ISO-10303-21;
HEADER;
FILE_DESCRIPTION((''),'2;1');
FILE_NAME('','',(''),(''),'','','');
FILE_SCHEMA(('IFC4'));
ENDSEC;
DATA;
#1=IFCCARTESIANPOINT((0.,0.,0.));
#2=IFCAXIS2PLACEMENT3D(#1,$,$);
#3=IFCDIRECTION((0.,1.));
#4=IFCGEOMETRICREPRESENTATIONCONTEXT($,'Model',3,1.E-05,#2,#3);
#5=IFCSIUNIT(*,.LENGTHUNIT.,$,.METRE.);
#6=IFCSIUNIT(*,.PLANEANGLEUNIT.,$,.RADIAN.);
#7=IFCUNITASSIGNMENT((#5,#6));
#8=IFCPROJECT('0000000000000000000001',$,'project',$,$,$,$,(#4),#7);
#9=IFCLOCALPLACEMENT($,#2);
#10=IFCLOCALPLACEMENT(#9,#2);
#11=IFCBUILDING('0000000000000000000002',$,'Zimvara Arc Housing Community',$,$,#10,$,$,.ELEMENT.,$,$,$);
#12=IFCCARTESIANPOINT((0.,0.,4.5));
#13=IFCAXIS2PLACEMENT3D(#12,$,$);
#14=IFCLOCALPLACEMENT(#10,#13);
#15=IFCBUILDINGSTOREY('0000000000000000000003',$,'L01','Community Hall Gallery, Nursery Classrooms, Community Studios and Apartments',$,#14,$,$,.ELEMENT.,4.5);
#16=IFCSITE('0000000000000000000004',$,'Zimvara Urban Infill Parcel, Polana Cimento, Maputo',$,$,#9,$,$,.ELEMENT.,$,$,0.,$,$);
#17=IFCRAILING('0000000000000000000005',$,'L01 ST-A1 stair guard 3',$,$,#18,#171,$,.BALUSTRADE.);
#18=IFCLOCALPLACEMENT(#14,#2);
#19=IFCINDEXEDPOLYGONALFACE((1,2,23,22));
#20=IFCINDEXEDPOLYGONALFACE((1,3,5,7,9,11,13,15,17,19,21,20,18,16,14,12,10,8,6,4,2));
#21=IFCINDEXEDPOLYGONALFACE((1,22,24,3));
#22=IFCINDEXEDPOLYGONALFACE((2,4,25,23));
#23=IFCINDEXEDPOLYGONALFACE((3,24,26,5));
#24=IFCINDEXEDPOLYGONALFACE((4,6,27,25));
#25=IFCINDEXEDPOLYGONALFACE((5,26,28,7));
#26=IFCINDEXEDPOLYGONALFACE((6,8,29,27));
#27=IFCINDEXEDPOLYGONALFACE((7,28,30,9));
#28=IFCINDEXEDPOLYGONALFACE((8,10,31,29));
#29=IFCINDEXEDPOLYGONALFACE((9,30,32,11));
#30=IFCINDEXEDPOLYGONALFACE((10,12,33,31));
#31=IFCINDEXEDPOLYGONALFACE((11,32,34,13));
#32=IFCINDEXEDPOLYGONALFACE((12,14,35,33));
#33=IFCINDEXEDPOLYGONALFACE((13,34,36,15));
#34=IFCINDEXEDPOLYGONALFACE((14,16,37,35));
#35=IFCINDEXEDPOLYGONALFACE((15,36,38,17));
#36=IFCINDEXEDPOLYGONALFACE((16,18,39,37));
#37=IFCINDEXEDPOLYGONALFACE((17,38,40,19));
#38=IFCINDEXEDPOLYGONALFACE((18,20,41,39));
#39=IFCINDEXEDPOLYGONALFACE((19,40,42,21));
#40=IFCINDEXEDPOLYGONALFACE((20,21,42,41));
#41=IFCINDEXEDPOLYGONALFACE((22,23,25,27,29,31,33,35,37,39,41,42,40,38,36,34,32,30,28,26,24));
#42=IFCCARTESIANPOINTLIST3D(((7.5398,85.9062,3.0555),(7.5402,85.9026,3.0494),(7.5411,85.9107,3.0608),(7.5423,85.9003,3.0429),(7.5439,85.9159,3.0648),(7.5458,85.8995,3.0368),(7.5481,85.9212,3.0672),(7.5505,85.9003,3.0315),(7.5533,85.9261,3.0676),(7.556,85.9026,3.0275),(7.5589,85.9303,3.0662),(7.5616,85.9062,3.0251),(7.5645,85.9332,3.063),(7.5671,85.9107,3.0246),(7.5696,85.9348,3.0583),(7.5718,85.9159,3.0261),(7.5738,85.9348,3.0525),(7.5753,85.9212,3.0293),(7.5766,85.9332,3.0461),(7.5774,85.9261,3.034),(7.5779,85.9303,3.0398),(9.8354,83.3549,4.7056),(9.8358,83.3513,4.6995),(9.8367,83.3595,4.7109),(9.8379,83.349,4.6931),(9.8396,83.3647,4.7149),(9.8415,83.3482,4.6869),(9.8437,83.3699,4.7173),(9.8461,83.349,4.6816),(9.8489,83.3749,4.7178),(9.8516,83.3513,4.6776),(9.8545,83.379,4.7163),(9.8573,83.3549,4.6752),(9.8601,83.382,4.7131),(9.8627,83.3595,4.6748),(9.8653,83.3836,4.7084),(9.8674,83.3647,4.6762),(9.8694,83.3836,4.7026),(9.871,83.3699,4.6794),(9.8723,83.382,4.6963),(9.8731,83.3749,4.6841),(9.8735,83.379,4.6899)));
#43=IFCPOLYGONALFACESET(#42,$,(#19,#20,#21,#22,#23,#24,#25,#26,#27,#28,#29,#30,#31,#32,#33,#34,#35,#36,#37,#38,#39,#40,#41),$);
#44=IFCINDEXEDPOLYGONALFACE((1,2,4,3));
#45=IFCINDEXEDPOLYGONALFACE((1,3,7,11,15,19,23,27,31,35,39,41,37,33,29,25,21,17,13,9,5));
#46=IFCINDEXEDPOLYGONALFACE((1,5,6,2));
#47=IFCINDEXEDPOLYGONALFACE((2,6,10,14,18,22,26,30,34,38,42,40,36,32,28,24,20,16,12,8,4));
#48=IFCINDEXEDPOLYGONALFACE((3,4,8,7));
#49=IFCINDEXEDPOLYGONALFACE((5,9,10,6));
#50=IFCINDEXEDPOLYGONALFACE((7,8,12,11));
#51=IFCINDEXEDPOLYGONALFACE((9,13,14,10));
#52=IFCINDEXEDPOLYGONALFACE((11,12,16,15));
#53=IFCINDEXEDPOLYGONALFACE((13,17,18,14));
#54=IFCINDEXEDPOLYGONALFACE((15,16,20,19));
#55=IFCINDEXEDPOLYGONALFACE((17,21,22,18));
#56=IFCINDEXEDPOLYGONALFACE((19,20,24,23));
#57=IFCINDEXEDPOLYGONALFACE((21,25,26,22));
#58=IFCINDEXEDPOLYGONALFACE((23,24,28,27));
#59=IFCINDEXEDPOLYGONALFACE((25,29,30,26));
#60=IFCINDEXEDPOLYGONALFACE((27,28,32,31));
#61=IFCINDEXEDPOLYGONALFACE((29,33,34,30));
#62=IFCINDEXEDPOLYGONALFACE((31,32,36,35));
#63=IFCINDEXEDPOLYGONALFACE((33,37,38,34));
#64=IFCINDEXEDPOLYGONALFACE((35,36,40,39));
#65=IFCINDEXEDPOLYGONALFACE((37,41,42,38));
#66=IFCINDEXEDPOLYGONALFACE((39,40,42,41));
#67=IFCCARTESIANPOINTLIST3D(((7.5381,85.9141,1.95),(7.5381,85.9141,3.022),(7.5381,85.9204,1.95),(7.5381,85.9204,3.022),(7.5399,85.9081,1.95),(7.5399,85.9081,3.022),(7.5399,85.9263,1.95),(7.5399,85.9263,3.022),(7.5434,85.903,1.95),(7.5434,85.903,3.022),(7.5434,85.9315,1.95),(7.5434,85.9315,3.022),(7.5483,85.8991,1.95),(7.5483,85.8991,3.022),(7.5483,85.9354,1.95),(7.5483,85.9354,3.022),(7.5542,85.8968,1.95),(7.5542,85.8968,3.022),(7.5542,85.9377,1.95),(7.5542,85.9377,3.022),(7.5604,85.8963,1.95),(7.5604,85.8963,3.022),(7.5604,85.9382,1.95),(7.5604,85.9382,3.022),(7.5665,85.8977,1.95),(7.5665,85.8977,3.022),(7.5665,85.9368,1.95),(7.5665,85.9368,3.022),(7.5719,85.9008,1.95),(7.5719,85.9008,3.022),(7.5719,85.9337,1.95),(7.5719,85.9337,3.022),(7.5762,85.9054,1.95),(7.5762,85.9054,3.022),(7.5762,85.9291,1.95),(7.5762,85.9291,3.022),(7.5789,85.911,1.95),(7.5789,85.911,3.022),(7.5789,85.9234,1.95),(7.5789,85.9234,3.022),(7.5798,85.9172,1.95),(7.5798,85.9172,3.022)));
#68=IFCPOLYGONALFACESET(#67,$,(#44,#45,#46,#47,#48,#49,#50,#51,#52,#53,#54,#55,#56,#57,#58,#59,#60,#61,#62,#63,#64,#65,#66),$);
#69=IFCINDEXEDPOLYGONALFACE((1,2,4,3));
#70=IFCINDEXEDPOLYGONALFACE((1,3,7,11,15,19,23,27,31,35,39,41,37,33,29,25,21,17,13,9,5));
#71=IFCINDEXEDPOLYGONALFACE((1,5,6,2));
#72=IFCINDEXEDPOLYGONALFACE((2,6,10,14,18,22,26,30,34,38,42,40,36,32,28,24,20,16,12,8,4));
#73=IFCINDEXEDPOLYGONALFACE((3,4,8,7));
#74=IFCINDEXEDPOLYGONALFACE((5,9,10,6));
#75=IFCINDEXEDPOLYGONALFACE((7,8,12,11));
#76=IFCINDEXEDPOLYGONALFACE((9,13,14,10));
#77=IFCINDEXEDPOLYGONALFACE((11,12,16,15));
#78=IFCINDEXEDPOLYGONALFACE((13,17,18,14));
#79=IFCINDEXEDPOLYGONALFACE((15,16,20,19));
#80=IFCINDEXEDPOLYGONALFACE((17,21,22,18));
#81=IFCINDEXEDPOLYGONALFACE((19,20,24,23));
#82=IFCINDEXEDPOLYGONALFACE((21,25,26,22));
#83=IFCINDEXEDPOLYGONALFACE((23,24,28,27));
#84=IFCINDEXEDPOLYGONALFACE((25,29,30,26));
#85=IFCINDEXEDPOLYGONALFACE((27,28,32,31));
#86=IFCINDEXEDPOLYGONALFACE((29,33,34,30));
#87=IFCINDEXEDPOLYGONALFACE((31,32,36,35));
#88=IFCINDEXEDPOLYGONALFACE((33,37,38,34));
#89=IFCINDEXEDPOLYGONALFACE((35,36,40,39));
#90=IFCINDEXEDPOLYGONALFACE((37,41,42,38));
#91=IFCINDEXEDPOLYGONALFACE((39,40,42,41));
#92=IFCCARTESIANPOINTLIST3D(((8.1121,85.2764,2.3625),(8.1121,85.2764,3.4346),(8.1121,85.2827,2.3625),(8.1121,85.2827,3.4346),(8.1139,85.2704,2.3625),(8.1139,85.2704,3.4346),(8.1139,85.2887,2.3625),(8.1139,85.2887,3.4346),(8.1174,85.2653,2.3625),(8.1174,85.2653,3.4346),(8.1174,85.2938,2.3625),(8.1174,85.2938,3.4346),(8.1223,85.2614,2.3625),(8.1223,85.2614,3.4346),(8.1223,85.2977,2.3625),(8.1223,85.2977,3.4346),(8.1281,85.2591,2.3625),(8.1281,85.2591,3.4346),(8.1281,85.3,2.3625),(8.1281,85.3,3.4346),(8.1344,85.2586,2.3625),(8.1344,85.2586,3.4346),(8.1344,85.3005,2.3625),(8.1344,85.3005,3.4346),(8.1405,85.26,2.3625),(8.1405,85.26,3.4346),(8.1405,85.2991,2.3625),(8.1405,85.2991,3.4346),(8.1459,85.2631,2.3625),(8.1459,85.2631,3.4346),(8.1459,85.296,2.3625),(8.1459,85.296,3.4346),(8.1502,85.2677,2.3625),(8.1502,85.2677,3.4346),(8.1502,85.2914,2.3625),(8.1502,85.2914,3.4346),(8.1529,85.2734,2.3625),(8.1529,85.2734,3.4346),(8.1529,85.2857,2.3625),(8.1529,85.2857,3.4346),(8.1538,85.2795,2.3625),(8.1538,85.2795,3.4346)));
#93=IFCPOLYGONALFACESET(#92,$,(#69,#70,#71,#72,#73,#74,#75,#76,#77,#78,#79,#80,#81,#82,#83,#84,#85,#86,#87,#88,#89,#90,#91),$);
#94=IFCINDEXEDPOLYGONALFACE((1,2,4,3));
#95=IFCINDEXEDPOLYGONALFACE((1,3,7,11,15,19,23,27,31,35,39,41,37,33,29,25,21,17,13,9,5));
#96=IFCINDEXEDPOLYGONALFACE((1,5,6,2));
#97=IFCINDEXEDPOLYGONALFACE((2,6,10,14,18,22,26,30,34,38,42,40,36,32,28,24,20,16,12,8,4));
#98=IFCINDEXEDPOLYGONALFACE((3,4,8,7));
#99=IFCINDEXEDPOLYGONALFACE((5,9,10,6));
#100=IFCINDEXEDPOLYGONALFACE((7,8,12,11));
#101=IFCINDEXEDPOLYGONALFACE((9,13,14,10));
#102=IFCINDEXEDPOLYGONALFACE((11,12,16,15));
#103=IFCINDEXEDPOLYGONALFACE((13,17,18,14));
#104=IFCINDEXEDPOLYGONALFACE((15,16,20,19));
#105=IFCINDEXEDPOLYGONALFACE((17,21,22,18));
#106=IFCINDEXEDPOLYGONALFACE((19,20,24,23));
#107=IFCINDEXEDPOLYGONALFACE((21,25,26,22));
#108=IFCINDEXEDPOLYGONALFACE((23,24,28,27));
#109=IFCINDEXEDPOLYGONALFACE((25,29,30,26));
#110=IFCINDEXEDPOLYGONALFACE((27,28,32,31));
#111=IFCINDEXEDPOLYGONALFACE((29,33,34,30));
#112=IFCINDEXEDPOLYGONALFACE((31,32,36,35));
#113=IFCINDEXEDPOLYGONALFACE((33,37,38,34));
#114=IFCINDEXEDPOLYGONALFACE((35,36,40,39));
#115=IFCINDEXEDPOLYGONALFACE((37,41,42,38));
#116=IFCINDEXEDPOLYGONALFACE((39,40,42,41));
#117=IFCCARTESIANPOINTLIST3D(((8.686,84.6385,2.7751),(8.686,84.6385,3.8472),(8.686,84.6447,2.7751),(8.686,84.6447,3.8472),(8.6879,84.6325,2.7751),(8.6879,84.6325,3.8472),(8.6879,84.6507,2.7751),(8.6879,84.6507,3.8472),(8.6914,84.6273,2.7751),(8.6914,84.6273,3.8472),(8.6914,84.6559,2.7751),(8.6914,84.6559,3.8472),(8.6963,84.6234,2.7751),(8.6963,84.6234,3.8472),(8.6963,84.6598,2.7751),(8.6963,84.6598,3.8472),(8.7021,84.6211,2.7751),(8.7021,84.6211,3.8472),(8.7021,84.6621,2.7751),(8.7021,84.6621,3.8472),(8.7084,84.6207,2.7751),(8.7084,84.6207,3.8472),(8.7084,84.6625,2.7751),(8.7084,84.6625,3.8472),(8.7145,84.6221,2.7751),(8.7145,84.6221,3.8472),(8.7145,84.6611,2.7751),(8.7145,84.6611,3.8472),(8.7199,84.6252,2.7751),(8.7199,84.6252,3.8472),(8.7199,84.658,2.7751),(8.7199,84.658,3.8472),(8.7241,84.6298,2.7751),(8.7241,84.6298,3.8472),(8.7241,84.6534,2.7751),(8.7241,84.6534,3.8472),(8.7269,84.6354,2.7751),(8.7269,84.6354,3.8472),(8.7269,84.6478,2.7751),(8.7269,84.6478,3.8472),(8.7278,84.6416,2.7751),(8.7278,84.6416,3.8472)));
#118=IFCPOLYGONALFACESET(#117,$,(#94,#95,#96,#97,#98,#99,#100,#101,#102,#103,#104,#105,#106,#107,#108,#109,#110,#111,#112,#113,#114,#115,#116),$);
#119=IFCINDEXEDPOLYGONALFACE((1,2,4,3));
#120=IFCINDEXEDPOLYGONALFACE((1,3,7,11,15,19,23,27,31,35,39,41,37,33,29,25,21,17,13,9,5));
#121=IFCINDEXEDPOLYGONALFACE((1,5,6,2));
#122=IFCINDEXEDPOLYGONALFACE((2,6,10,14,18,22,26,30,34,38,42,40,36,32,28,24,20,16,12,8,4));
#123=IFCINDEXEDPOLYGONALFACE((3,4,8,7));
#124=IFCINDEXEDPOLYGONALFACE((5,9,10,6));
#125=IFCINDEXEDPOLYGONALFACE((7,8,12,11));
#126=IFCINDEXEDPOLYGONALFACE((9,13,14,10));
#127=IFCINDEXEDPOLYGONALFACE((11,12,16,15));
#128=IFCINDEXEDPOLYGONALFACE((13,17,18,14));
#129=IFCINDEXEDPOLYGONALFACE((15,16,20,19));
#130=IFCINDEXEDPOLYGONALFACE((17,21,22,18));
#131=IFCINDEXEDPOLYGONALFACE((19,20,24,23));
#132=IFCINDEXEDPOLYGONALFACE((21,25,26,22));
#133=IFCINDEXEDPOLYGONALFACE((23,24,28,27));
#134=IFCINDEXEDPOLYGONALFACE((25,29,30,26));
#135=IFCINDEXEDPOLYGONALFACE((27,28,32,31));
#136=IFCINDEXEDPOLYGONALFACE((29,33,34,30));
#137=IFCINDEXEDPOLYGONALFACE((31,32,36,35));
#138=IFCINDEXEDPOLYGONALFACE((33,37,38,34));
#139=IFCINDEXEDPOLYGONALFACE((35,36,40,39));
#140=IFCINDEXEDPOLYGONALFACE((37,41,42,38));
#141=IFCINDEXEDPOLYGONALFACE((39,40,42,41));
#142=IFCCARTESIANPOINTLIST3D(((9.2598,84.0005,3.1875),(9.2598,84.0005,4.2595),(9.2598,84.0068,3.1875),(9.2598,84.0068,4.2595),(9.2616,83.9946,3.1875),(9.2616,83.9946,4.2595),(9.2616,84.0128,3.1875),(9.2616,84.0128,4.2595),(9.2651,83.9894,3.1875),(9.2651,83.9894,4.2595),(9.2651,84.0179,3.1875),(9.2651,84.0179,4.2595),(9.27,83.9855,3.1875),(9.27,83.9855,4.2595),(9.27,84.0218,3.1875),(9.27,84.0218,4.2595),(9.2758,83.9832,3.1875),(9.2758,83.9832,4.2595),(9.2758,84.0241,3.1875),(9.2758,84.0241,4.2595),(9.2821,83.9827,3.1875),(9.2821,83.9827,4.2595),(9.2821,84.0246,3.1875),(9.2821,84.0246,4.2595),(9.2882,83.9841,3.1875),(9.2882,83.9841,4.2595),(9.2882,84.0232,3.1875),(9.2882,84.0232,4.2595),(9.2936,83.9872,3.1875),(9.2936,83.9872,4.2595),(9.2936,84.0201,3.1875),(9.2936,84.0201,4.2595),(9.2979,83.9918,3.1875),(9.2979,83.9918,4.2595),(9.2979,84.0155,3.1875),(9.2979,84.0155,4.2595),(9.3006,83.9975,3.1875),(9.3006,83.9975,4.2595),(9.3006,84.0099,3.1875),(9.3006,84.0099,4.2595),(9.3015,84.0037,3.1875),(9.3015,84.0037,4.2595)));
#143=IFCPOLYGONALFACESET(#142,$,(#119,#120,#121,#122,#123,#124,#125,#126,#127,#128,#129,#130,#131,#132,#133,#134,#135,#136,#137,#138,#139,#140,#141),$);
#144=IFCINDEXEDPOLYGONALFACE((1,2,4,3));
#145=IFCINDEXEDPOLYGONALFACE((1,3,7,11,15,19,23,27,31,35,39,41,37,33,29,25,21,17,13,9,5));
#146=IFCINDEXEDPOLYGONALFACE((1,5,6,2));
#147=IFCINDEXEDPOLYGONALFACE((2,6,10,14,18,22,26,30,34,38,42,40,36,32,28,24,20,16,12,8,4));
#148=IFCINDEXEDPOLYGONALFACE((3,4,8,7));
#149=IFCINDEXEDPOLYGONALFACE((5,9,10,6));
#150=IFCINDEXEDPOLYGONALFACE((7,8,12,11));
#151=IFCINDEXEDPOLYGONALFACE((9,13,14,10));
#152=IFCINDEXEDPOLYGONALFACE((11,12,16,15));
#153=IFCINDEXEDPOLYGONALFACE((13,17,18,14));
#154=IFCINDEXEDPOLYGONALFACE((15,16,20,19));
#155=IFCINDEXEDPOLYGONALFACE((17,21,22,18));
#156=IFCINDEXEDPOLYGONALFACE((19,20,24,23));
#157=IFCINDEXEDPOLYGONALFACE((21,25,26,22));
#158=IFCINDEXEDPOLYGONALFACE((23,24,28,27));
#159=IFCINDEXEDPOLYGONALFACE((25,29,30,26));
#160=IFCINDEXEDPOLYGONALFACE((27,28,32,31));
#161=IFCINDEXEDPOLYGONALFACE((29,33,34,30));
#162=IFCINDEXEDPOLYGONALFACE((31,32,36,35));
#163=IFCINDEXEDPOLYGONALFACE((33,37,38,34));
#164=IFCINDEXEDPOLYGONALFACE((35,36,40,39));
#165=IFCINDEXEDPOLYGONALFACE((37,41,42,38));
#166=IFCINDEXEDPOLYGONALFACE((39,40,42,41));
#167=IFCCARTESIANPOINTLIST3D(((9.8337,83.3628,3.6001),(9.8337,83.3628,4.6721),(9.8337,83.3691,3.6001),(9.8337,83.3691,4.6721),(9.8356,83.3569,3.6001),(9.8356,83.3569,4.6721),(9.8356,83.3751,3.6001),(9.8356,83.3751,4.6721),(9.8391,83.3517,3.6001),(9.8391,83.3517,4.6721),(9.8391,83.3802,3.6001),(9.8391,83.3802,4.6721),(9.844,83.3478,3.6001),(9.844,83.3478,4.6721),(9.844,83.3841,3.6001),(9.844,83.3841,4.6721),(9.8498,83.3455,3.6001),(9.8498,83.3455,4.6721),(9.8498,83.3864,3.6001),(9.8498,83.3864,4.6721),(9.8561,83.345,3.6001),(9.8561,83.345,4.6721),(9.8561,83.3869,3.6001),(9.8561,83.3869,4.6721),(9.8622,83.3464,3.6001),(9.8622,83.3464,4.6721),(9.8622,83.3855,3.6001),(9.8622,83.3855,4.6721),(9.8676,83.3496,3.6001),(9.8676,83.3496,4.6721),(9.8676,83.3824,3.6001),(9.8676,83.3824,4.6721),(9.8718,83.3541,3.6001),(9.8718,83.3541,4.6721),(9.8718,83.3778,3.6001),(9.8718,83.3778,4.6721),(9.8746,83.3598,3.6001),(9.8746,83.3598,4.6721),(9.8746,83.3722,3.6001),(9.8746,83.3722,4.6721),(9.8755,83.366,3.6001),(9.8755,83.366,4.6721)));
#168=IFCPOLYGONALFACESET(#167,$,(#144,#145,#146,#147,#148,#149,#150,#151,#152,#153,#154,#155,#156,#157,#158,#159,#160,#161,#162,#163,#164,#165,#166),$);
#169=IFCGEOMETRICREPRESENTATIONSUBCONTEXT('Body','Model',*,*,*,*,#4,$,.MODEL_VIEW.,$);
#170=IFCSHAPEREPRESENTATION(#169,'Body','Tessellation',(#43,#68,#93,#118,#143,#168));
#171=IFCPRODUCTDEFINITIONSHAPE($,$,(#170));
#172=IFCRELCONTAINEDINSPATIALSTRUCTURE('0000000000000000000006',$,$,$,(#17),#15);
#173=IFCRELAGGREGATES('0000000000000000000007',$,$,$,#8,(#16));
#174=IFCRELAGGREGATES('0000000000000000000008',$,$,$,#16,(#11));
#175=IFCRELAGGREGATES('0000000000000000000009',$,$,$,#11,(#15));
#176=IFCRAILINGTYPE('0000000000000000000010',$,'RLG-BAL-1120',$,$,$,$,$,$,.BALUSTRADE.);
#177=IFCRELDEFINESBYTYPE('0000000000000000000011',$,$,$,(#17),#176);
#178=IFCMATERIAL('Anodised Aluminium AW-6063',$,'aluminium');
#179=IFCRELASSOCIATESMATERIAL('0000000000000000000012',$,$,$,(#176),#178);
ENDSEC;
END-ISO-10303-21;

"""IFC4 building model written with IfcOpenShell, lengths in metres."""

from ifc_helpers import new_model, si_unit, direction, frame, origin, origin_2d, place, context, subcontext, project, spatial, circle, extrude, material, type_object, element, save


model = new_model("IFC4")

# Units and contexts
model_context = context("Model", 3, precision=1e-05, world=origin(), true_north=direction((0.0, 1.0)))
body_context = subcontext(model_context, "Body", "Model", "MODEL_VIEW")
ifc_project = project(units=[si_unit("LENGTHUNIT", "METRE"), si_unit("PLANEANGLEUNIT", "RADIAN")], contexts=[model_context])

# Site, building, storey
site_placement = place(None, origin())
site = spatial("IfcSite", under=ifc_project, at=site_placement, Name="Zimvara Urban Infill Parcel, Polana Cimento, Maputo", CompositionType="ELEMENT", RefElevation=0.0)
building_placement = place(site_placement, origin())
building = spatial("IfcBuilding", under=site, at=building_placement, Name="Zimvara Arc Housing Community", CompositionType="ELEMENT")
storey_placement = place(building_placement, frame((0.0, 0.0, 4.5)))
storey = spatial("IfcBuildingStorey", under=building, at=storey_placement, Name="L01", Description="Community Hall Gallery, Nursery Classrooms, Community Studios and Apartments", CompositionType="ELEMENT", Elevation=4.5)

# Railing
ifc_material_1 = material(Name="Anodised Aluminium AW-6063", Category="aluminium")
railing_type = type_object("IfcRailingType", Name="RLG-BAL-1120", PredefinedType="BALUSTRADE", material=ifc_material_1)
railing_1_placement = place(storey_placement, frame((7.5588, 85.9172, 1.95)))
element("IfcRailing", 1, at=railing_1_placement, inside=storey, type_object=railing_type, Name="L01 ST-A1 stair guard 3", PredefinedType="BALUSTRADE", context=body_context, shape_type="SweptSolid", body=[
    extrude(circle(Radius=0.0239, at=origin_2d()), frame((0.0, 0.0, 1.0962), z_axis=(0.602827, -0.66995, 0.43332), x_axis=(0.743365, 0.668886, 0.0)), (0.0, 0.0, 1.0), 3.8081),
    extrude(circle(Radius=0.021, at=origin_2d()), origin(), (0.0, 0.0, 1.0), 1.072),
    extrude(circle(Radius=0.021, at=origin_2d()), frame((0.574, -0.6377, 0.4126)), (0.0, 0.0, 1.0), 1.072),
    extrude(circle(Radius=0.021, at=origin_2d()), frame((1.1479, -1.2756, 0.8252)), (0.0, 0.0, 1.0), 1.072),
    extrude(circle(Radius=0.021, at=origin_2d()), frame((1.7217, -1.9136, 1.2375)), (0.0, 0.0, 1.0), 1.072),
    extrude(circle(Radius=0.021, at=origin_2d()), frame((2.2957, -2.5513, 1.6501)), (0.0, 0.0, 1.0), 1.072),
])

save(model, "model.ifc")
